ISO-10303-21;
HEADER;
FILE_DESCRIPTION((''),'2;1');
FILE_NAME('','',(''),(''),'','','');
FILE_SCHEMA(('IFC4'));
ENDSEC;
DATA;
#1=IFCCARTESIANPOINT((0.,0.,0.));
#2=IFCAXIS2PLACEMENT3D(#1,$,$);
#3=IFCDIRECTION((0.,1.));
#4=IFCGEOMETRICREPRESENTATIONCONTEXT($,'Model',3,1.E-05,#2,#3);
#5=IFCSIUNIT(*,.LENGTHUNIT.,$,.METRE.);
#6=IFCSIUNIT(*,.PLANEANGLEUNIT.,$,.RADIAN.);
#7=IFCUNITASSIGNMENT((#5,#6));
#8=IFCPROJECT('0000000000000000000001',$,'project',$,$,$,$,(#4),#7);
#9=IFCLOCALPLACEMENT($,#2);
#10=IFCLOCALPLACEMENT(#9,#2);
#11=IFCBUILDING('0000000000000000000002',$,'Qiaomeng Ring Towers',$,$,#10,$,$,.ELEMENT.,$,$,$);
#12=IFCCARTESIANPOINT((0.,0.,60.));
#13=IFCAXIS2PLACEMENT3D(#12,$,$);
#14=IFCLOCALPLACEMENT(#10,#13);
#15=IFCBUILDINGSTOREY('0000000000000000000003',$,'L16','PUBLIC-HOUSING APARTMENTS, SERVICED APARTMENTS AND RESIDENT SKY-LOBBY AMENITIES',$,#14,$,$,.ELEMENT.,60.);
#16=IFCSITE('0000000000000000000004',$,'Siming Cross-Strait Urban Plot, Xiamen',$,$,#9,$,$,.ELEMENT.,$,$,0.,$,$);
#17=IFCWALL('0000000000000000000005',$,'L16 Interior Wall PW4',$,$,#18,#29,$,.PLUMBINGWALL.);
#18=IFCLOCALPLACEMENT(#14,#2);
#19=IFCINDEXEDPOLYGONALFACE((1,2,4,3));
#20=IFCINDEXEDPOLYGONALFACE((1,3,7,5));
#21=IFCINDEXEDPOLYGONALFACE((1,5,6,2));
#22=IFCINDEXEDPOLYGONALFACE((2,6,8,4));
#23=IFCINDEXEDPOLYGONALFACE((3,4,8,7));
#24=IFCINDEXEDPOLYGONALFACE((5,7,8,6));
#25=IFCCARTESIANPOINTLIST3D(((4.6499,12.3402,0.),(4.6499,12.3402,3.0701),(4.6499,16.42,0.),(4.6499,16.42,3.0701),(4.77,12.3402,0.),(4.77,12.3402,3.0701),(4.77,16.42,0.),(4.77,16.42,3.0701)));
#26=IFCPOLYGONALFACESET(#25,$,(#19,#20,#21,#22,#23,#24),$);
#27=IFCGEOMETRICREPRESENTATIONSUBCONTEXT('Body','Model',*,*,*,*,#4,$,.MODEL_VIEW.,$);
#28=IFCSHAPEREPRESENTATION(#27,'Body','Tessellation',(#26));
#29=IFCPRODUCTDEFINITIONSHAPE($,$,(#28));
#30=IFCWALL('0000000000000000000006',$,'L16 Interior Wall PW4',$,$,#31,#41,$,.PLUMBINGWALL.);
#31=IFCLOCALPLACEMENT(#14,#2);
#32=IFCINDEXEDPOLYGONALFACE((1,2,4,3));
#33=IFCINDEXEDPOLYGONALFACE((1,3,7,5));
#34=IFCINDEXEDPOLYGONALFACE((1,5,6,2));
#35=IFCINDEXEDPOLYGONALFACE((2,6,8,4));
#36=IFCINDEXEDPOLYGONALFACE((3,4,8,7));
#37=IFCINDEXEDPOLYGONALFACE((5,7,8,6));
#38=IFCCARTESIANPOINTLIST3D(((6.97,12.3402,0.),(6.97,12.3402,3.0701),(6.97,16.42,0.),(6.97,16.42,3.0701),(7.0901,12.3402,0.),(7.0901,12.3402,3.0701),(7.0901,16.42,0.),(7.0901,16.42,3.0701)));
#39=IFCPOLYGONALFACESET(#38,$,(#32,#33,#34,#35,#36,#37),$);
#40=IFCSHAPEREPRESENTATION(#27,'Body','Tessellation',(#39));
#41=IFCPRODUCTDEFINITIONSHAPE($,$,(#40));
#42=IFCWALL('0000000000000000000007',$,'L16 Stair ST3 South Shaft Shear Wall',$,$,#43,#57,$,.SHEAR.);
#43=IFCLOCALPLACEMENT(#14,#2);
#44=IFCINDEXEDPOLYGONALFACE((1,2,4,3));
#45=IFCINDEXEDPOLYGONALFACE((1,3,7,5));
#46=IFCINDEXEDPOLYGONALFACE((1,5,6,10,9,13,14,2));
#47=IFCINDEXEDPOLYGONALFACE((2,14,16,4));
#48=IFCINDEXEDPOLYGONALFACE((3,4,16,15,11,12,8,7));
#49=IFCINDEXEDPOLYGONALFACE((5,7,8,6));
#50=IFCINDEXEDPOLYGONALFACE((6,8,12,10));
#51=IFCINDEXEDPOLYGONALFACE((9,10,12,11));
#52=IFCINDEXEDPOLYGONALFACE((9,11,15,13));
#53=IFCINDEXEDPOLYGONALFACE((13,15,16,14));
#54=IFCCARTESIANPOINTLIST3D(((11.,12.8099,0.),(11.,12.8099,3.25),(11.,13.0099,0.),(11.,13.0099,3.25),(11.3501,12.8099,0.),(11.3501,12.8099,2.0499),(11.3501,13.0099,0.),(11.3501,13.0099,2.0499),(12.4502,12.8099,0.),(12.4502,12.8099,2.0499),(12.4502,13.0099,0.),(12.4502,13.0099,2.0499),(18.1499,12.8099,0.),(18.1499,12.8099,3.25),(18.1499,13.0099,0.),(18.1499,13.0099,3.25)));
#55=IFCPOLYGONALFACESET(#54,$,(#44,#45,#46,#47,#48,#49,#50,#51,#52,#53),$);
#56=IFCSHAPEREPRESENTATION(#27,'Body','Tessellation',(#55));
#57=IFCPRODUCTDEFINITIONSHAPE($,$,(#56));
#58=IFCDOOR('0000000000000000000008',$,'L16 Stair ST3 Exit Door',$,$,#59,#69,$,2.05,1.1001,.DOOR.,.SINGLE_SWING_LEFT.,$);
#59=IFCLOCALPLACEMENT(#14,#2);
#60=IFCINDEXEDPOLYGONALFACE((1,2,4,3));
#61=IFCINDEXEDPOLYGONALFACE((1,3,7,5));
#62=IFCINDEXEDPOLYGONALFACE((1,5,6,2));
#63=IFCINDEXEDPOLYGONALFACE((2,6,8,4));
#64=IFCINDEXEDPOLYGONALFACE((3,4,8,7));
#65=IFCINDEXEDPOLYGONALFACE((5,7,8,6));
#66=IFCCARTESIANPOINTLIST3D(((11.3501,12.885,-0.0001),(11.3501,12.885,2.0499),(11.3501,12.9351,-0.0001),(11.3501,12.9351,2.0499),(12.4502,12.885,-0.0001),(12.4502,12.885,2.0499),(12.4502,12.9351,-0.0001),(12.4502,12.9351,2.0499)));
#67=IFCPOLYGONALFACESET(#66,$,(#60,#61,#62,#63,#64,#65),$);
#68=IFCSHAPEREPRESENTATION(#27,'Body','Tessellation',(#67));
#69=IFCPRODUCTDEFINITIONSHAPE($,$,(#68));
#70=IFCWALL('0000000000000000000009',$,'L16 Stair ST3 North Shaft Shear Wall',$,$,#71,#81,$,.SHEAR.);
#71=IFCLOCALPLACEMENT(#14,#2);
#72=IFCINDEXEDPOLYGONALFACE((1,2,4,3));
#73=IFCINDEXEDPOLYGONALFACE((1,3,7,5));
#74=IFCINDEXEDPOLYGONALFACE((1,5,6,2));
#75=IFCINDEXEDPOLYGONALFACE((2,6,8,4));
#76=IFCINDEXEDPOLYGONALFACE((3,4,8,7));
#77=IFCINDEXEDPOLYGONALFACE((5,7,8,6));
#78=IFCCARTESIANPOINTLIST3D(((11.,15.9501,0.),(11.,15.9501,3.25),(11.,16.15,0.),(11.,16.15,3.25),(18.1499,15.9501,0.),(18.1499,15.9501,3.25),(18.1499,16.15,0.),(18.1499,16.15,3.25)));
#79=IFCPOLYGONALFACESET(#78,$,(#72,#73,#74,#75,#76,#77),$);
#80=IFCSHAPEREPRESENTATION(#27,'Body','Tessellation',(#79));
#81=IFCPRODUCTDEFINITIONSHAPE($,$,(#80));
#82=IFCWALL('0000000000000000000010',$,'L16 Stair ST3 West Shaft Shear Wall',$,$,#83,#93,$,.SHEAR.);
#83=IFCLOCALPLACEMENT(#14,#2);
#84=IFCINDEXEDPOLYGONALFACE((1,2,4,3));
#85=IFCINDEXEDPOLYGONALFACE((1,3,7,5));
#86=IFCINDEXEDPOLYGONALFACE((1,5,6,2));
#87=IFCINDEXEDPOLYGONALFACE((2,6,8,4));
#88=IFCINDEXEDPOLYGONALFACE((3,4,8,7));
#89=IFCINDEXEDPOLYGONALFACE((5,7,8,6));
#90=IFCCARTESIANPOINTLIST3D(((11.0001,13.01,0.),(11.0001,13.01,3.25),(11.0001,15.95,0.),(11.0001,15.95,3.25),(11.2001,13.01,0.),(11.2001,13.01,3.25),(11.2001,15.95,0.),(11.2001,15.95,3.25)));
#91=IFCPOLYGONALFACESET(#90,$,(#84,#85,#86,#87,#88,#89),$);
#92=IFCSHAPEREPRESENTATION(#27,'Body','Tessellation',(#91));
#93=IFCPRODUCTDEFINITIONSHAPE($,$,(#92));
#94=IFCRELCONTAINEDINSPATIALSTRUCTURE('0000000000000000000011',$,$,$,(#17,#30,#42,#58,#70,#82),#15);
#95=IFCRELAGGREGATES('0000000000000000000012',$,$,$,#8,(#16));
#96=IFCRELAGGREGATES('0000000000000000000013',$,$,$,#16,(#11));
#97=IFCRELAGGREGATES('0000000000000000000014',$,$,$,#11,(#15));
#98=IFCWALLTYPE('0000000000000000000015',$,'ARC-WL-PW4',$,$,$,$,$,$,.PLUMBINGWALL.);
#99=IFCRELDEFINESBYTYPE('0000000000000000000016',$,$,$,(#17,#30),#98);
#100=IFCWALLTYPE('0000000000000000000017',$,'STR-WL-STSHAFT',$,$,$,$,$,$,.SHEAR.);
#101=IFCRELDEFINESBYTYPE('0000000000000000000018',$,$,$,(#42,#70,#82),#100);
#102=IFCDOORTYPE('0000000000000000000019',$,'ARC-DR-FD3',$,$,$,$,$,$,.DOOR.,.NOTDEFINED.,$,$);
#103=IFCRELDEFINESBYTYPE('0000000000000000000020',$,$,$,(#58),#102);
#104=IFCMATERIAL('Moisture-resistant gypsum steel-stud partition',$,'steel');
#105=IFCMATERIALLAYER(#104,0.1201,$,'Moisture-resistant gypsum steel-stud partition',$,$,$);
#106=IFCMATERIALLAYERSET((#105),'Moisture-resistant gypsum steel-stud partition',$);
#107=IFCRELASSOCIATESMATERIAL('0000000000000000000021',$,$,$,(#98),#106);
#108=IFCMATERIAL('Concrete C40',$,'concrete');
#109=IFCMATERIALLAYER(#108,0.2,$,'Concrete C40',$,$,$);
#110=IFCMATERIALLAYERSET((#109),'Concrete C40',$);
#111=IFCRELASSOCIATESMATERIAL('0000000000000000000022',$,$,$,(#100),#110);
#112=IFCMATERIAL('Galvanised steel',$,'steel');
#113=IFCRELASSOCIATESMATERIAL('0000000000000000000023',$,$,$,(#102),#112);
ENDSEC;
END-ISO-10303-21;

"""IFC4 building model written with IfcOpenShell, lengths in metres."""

from ifc_helpers import new_model, si_unit, direction, frame, frame_2d, origin, place, context, subcontext, project, spatial, rectangle, extrude, source, transform, mapped, material, layer, layer_set, type_object, element, fill, save


model = new_model("IFC4")

# Units and contexts
model_context = context("Model", 3, precision=1e-05, world=origin(), true_north=direction((0.0, 1.0)))
body_context = subcontext(model_context, "Body", "Model", "MODEL_VIEW")
ifc_project = project(units=[si_unit("LENGTHUNIT", "METRE"), si_unit("PLANEANGLEUNIT", "RADIAN")], contexts=[model_context])

# Site, building, storey
site_placement = place(None, origin())
site = spatial("IfcSite", under=ifc_project, at=site_placement, Name="Siming Cross-Strait Urban Plot, Xiamen", CompositionType="ELEMENT", RefElevation=0.0)
building_placement = place(site_placement, origin())
building = spatial("IfcBuilding", under=site, at=building_placement, Name="Qiaomeng Ring Towers", CompositionType="ELEMENT")
storey_placement = place(building_placement, frame((0.0, 0.0, 60.0)))
storey = spatial("IfcBuildingStorey", under=building, at=storey_placement, Name="L16", Description="PUBLIC-HOUSING APARTMENTS, SERVICED APARTMENTS AND RESIDENT SKY-LOBBY AMENITIES", CompositionType="ELEMENT", Elevation=60.0)

# Walls
ifc_material_1 = material(Name="Moisture-resistant gypsum steel-stud partition", Category="steel")
ifc_layer_1 = layer(ifc_material_1, 0.1201, Name="Moisture-resistant gypsum steel-stud partition")
ifc_layer_set_1 = layer_set([ifc_layer_1], Name="Moisture-resistant gypsum steel-stud partition")
wall_type_1 = type_object("IfcWallType", Name="ARC-WL-PW4", PredefinedType="PLUMBINGWALL", material=ifc_layer_set_1)
for number, where, z_axis, x_axis, name in (
    (1, (4.71, 12.3401, 0.0), (0.0, 0.0, 1.0), (0.0, 1.0, 0.0), "L16 Interior Wall PW4"),
    (2, (7.03, 12.3401, 0.0), (0.0, 0.0, 1.0), (0.0, 1.0, 0.0), "L16 Interior Wall PW4"),
):
    element("IfcWall", number, at=place(storey_placement, frame(where, z_axis=z_axis, x_axis=x_axis)), inside=storey, type_object=wall_type_1, Name=name, PredefinedType="PLUMBINGWALL", context=body_context, shape_type="SweptSolid", body=[
        extrude(rectangle(XDim=4.0798, YDim=0.1201, at=frame_2d((2.04, 0.0))), origin(), (0.0, 0.0, 1.0), 3.0701),
    ])

# Wall, opening, door
ifc_material_2 = material(Name="Concrete C40", Category="concrete")
ifc_layer_2 = layer(ifc_material_2, 0.2, Name="Concrete C40")
ifc_layer_set_2 = layer_set([ifc_layer_2], Name="Concrete C40")
wall_type_2 = type_object("IfcWallType", Name="STR-WL-STSHAFT", PredefinedType="SHEAR", material=ifc_layer_set_2)
wall_1_placement = place(storey_placement, frame((11.0, 12.9099, 0.0), z_axis=(0.0, 0.0, 1.0), x_axis=(1.0, 0.0, 0.0)))
wall_1 = element("IfcWall", 3, at=wall_1_placement, inside=storey, type_object=wall_type_2, Name="L16 Stair ST3 South Shaft Shear Wall", PredefinedType="SHEAR", context=body_context, shape_type="SweptSolid", body=[
    extrude(rectangle(XDim=7.1499, YDim=0.2, at=frame_2d((3.575, 0.0))), origin(), (0.0, 0.0, 1.0), 3.25),
])
opening_1_placement = place(wall_1_placement, frame((0.3501, 0.0, 0.0)))
opening_1 = element("IfcOpeningElement", 4, at=opening_1_placement, cuts=wall_1, PredefinedType="OPENING", context=body_context, shape_type="SweptSolid", body=[
    extrude(rectangle(XDim=1.1001, YDim=2.05, at=frame_2d((0.55, 1.0249))), frame((0.0, 0.1099, 0.0), z_axis=(0.0, -1.0, 0.0), x_axis=(1.0, 0.0, 0.0)), (0.0, 0.0, 1.0), 0.22),
])
ifc_material_3 = material(Name="Galvanised steel", Category="steel")
door_type_1 = type_object("IfcDoorType", Name="ARC-DR-FD3", OperationType="NOTDEFINED", PredefinedType="DOOR", material=ifc_material_3)
shared_shape_1 = source(origin(), body_context, "Body", "SweptSolid", [
    extrude(rectangle(XDim=1.1001, YDim=2.05, at=frame_2d((0.55, 1.0249))), frame((0.0, 0.0249, 0.0), z_axis=(0.0, -1.0, 0.0), x_axis=(1.0, 0.0, 0.0)), (0.0, 0.0, 1.0), 0.05),
])
door_1_placement = place(opening_1_placement, frame((1.1001, 0.0, 0.0), z_axis=(0.0, 0.0, 1.0), x_axis=(-1.0, 0.0, 0.0)))
door_1 = element("IfcDoor", 5, at=door_1_placement, inside=storey, type_object=door_type_1, Name="L16 Stair ST3 Exit Door", OperationType="SINGLE_SWING_LEFT", OverallHeight=2.05, OverallWidth=1.1001, PredefinedType="DOOR", context=body_context, shape_type="MappedRepresentation", body=[
    mapped(shared_shape_1, transform((0.0, 0.0, 0.0), x_axis=(1.0, 0.0, 0.0), y_axis=(0.0, 1.0, 0.0), z_axis=(0.0, 0.0, 1.0), scale=1.0)),
])
fill(opening_1, door_1)

# Walls
wall_2_placement = place(storey_placement, frame((11.0, 16.05, 0.0), z_axis=(0.0, 0.0, 1.0), x_axis=(1.0, 0.0, 0.0)))
element("IfcWall", 6, at=wall_2_placement, inside=storey, type_object=wall_type_2, Name="L16 Stair ST3 North Shaft Shear Wall", PredefinedType="SHEAR", context=body_context, shape_type="SweptSolid", body=[
    extrude(rectangle(XDim=7.1499, YDim=0.2, at=frame_2d((3.575, 0.0))), origin(), (0.0, 0.0, 1.0), 3.25),
])
wall_3_placement = place(storey_placement, frame((11.1001, 13.01, 0.0), z_axis=(0.0, 0.0, 1.0), x_axis=(0.0, 1.0, 0.0)))
element("IfcWall", 7, at=wall_3_placement, inside=storey, type_object=wall_type_2, Name="L16 Stair ST3 West Shaft Shear Wall", PredefinedType="SHEAR", context=body_context, shape_type="SweptSolid", body=[
    extrude(rectangle(XDim=2.9399, YDim=0.2, at=frame_2d((1.47, 0.0))), origin(), (0.0, 0.0, 1.0), 3.25),
])

save(model, "model.ifc")
